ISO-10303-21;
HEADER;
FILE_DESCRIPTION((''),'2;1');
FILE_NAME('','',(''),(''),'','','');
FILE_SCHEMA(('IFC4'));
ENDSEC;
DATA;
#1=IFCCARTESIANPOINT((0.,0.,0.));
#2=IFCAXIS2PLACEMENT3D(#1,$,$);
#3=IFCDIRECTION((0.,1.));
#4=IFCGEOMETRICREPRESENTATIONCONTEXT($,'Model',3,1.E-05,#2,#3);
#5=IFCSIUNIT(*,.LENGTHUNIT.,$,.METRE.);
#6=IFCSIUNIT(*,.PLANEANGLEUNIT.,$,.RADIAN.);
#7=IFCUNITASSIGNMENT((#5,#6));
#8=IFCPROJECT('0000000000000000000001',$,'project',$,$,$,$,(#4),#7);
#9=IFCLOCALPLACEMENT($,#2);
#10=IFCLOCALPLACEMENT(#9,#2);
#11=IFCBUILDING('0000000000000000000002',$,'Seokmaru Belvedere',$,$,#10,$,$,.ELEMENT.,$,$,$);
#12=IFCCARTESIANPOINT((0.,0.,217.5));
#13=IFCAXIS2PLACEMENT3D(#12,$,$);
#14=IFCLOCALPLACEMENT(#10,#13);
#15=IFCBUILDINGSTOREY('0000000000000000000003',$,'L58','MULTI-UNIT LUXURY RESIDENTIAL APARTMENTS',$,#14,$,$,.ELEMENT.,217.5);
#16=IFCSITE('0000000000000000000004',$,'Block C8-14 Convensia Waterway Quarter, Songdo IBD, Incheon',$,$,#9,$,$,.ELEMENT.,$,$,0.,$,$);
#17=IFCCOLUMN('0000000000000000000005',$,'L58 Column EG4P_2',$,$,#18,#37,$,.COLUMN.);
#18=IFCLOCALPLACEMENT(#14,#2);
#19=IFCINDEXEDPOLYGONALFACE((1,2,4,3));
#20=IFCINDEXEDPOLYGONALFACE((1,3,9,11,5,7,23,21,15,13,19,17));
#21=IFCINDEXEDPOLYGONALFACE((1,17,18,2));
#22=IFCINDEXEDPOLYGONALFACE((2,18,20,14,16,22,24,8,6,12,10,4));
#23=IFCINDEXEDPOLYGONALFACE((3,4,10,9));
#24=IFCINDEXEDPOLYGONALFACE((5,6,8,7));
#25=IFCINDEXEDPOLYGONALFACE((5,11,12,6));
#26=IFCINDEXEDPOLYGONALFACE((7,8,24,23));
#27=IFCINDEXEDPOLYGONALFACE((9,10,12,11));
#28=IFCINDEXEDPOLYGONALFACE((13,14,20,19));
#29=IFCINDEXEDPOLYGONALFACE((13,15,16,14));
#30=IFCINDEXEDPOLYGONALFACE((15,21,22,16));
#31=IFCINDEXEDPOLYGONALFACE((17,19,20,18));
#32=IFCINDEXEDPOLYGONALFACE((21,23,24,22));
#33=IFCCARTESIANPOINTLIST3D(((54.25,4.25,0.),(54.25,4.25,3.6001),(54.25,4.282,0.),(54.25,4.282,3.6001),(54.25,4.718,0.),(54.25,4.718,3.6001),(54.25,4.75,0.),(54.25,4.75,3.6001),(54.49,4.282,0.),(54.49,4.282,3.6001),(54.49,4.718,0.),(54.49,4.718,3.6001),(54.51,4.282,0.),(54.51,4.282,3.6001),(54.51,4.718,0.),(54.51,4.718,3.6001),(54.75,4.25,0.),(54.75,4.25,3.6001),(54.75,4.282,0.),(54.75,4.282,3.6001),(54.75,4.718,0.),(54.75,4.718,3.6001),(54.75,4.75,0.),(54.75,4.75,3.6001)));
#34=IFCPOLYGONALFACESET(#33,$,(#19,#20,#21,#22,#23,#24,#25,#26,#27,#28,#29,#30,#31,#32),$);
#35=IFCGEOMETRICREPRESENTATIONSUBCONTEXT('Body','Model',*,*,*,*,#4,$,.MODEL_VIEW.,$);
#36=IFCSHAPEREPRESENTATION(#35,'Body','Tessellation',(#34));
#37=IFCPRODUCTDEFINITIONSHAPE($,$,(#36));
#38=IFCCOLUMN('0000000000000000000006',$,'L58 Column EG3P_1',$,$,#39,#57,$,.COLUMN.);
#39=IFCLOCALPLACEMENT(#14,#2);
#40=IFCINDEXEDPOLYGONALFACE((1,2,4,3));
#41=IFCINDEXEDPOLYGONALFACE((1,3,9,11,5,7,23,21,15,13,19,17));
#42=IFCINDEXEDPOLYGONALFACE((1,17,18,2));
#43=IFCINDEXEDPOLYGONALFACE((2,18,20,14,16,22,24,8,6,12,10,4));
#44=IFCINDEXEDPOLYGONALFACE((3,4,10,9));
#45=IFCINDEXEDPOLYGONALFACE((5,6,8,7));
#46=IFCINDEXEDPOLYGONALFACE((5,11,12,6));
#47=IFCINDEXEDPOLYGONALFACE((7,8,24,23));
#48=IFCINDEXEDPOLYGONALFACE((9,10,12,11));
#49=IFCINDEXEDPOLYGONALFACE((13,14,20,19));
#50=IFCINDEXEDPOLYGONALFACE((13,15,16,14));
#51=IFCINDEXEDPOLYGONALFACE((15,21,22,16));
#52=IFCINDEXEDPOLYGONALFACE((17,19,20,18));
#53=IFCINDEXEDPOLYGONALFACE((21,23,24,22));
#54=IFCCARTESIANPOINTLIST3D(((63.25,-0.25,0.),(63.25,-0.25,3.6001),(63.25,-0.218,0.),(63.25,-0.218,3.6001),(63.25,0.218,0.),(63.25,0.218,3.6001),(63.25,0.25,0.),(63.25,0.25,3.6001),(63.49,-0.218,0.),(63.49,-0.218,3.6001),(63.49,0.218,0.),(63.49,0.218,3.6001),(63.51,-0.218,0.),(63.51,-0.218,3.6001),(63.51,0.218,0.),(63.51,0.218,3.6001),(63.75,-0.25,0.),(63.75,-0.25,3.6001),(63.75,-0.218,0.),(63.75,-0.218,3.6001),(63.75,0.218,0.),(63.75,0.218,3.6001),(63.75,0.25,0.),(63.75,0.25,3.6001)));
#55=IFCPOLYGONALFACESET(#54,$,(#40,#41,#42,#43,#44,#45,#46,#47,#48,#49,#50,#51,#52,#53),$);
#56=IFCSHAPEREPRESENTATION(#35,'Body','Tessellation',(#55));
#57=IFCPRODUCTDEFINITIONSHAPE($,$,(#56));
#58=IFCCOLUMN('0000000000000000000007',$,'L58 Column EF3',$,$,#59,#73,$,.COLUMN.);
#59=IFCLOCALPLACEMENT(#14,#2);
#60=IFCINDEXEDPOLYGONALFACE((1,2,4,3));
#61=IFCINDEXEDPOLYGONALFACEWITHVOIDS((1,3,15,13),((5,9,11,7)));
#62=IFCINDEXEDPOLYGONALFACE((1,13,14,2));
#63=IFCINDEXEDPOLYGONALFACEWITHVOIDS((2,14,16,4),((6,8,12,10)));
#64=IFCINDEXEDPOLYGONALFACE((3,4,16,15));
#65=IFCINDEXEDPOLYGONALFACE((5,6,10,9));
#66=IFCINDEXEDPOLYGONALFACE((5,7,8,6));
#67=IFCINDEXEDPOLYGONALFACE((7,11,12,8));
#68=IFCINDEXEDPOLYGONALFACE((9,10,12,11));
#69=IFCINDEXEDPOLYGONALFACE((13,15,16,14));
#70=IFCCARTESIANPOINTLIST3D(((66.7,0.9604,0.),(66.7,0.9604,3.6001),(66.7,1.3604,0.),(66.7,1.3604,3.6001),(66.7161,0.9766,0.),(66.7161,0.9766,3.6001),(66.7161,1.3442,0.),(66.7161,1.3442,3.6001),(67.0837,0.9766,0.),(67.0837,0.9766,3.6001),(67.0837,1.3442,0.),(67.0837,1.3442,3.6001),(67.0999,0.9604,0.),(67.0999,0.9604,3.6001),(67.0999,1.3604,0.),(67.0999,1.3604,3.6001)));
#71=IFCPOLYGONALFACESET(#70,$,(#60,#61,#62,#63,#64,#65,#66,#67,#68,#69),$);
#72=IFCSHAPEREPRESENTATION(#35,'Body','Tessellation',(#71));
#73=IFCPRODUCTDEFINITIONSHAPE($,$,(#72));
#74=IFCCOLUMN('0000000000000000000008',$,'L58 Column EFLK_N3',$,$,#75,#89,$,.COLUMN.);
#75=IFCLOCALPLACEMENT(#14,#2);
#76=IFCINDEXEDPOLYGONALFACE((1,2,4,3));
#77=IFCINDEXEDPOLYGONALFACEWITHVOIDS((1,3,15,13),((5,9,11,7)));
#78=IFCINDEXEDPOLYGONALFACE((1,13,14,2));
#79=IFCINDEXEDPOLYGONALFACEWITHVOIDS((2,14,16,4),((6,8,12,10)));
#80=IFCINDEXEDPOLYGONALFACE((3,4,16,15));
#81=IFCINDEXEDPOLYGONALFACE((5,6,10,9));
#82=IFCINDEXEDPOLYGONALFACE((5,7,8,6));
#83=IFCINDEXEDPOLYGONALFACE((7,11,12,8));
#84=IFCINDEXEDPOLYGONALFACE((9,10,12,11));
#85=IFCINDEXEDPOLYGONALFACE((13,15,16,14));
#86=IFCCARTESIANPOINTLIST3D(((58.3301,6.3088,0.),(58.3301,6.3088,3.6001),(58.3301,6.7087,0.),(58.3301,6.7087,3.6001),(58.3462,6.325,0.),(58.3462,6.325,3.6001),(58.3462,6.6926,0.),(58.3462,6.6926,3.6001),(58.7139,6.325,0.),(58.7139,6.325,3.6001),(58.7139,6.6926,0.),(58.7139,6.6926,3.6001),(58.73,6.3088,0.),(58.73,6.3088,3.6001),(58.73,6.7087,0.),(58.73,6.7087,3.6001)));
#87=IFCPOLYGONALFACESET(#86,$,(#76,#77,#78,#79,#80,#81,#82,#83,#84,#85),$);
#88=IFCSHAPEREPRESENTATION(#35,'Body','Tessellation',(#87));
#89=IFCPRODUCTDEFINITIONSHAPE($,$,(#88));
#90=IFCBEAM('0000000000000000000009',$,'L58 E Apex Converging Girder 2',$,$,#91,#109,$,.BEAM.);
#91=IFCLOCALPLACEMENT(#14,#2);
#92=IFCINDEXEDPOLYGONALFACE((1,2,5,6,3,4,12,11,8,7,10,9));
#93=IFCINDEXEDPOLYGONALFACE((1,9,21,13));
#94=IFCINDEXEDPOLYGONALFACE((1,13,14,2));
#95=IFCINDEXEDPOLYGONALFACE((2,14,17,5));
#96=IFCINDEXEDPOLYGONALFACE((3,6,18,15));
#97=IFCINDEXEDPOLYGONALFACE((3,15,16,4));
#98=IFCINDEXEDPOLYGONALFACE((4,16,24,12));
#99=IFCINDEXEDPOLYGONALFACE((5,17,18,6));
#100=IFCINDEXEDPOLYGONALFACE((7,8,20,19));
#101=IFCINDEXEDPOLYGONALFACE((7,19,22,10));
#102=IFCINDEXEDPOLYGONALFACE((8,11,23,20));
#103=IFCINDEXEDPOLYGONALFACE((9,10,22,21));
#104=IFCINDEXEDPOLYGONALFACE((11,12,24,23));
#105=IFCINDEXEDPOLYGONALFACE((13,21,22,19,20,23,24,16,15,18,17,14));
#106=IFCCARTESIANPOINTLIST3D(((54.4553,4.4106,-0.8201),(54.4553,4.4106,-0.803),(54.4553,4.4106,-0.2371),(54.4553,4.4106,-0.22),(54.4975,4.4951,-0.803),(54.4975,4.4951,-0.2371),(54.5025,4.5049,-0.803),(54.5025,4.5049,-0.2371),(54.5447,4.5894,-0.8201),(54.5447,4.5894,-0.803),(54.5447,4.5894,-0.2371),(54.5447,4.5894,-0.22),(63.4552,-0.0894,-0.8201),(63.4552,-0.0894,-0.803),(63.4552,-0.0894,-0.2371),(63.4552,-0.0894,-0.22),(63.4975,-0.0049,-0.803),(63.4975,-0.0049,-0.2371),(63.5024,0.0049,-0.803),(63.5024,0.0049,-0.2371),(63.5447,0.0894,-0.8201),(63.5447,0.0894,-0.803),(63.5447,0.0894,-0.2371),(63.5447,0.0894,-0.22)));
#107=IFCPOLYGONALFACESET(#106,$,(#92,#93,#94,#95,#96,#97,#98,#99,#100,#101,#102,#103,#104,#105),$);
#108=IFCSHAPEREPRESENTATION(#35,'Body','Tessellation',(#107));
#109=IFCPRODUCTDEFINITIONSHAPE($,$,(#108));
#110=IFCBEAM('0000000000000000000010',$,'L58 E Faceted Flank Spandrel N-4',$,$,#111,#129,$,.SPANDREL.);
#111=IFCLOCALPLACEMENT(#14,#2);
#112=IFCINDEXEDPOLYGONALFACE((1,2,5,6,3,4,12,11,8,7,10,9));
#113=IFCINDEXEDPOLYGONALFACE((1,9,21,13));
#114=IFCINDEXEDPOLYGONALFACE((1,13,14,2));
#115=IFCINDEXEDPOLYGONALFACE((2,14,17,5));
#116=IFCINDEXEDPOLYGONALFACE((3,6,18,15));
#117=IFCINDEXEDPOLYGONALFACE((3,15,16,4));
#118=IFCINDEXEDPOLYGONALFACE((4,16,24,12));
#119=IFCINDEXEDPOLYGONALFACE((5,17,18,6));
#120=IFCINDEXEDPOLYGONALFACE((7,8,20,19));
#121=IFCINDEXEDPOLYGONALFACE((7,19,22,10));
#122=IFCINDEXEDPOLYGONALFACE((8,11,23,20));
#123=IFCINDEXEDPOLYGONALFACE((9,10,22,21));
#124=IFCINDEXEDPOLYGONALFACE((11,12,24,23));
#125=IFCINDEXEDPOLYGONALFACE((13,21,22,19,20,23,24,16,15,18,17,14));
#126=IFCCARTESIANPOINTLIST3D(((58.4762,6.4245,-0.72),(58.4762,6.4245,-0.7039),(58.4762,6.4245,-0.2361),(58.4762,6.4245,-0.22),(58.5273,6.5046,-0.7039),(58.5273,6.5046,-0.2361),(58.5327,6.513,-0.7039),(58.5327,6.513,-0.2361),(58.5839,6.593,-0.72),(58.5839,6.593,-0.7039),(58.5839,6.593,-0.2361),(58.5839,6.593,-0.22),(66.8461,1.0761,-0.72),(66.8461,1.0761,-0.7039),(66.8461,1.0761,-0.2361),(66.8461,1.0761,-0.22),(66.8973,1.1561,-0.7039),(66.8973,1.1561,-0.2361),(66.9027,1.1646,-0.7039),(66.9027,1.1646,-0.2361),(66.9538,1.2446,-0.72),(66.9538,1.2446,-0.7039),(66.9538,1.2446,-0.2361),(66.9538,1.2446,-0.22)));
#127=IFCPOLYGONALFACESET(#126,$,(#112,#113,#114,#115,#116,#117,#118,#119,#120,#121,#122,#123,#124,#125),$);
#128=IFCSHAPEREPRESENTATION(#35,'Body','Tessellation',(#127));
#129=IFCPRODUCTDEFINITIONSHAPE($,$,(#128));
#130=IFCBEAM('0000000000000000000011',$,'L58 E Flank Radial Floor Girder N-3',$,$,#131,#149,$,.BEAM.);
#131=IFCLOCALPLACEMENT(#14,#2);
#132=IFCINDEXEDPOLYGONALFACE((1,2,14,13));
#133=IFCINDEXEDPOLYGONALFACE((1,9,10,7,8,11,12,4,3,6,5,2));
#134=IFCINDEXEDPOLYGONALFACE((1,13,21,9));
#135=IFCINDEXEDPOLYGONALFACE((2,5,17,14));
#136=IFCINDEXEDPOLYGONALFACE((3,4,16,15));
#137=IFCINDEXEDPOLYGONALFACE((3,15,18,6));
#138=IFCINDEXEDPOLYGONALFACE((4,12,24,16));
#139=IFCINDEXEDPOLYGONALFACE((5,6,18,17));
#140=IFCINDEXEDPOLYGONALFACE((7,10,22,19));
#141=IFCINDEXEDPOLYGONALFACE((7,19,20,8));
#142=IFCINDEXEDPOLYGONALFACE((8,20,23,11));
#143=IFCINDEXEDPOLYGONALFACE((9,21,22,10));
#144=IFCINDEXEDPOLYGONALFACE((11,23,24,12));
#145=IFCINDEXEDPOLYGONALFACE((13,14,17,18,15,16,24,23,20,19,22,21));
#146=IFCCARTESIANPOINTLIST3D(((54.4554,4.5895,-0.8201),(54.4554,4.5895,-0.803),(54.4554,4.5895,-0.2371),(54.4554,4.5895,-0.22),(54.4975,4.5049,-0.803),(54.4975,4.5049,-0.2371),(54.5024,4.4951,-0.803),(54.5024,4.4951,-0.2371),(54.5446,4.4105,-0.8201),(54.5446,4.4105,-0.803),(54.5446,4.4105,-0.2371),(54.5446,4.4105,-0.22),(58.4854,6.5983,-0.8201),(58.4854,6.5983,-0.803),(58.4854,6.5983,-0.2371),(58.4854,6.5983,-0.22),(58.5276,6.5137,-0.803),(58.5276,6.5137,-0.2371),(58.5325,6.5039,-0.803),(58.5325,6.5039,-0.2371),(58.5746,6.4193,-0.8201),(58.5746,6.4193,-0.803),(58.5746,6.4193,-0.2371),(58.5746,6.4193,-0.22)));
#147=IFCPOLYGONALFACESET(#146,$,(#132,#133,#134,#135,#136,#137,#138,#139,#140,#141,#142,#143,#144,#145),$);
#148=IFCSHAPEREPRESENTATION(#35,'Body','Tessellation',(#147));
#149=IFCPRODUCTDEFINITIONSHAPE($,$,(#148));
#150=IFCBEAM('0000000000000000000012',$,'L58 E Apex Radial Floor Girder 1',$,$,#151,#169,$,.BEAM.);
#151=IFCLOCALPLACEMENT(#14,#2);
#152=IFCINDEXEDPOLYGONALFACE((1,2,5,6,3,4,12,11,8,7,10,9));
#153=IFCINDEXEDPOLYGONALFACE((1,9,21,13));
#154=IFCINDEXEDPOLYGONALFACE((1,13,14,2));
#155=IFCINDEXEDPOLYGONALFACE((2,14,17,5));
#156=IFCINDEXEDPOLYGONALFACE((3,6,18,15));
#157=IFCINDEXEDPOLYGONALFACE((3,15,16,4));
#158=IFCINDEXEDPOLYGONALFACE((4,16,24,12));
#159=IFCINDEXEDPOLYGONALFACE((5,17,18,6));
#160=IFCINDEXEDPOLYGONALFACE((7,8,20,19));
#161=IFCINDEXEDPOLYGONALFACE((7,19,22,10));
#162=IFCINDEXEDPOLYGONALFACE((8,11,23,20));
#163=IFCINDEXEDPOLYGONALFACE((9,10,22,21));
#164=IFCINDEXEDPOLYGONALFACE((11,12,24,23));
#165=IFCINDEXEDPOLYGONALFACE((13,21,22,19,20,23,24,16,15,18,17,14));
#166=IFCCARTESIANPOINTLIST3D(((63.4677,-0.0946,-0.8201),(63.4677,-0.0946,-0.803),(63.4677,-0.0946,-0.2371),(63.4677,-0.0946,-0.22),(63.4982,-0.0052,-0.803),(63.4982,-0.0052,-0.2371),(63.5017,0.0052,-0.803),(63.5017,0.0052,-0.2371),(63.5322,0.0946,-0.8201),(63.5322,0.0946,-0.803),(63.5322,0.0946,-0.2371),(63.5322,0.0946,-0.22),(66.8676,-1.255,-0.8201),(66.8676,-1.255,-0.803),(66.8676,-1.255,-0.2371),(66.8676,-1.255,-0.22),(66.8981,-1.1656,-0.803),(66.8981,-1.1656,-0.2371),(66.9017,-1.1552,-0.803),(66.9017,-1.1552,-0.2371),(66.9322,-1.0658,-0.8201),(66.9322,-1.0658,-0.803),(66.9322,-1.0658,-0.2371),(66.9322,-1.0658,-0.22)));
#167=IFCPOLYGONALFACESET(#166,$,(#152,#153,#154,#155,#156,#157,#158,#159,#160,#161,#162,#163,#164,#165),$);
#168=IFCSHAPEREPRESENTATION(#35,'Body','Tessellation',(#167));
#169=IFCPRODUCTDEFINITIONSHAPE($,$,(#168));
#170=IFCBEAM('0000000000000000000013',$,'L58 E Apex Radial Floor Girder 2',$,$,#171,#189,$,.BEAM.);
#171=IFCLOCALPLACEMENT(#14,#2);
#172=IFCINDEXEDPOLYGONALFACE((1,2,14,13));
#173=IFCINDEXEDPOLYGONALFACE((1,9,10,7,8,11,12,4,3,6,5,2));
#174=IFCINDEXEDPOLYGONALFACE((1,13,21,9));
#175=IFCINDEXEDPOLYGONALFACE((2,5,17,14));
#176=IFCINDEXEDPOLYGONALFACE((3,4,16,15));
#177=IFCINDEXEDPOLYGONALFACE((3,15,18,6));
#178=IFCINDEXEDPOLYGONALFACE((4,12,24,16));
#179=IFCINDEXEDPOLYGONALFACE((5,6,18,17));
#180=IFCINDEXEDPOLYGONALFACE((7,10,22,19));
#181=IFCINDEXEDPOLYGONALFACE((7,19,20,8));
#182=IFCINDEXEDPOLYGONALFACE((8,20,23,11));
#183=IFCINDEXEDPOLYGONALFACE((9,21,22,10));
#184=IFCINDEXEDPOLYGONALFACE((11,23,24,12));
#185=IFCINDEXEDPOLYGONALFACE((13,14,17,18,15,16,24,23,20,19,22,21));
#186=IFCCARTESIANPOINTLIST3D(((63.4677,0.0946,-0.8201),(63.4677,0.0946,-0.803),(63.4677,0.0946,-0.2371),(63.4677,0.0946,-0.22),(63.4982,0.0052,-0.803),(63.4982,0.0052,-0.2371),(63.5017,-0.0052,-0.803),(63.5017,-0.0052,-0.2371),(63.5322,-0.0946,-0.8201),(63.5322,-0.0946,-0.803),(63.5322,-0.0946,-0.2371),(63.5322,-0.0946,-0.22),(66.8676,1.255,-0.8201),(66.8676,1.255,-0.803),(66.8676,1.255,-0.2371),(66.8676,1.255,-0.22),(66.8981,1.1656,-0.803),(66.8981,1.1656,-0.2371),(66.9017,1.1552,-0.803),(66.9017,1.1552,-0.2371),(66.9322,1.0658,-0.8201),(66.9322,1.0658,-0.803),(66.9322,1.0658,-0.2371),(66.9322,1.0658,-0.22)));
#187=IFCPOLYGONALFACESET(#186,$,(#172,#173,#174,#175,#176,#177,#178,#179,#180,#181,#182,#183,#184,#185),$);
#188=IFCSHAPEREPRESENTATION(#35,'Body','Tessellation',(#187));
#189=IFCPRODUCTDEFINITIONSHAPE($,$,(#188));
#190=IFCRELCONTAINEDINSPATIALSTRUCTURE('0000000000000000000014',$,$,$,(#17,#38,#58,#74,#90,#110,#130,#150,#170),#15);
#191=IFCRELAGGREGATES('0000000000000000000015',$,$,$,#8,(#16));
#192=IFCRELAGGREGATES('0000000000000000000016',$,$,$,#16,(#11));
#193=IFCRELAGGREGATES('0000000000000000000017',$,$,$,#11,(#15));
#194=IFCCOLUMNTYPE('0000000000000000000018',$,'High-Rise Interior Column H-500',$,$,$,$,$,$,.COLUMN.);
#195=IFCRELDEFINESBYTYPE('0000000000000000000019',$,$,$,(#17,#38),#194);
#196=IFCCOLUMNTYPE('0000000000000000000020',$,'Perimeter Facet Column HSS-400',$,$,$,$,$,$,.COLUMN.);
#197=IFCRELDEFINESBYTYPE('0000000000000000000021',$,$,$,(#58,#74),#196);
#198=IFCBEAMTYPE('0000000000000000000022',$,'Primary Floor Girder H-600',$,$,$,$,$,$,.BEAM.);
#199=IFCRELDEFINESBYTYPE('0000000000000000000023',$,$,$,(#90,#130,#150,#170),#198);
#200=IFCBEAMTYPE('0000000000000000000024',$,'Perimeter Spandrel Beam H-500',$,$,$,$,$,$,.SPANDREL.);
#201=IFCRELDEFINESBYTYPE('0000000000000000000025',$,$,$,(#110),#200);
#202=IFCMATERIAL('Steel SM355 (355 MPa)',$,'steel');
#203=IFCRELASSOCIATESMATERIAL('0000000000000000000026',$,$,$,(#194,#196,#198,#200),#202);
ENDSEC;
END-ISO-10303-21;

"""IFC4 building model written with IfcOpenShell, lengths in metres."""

from ifc_helpers import new_model, si_unit, direction, frame, origin, origin_2d, place, context, subcontext, project, spatial, hollow_rectangle, i_section, extrude, source, transform, mapped, material, material_profile, profile_set, type_object, type_shapes, element, save


model = new_model("IFC4")

# Units and contexts
model_context = context("Model", 3, precision=1e-05, world=origin(), true_north=direction((0.0, 1.0)))
body_context = subcontext(model_context, "Body", "Model", "MODEL_VIEW")
ifc_project = project(units=[si_unit("LENGTHUNIT", "METRE"), si_unit("PLANEANGLEUNIT", "RADIAN")], contexts=[model_context])

# Site, building, storey
site_placement = place(None, origin())
site = spatial("IfcSite", under=ifc_project, at=site_placement, Name="Block C8-14 Convensia Waterway Quarter, Songdo IBD, Incheon", CompositionType="ELEMENT", RefElevation=0.0)
building_placement = place(site_placement, origin())
building = spatial("IfcBuilding", under=site, at=building_placement, Name="Seokmaru Belvedere", CompositionType="ELEMENT")
storey_placement = place(building_placement, frame((0.0, 0.0, 217.5)))
storey = spatial("IfcBuildingStorey", under=building, at=storey_placement, Name="L58", Description="MULTI-UNIT LUXURY RESIDENTIAL APARTMENTS", CompositionType="ELEMENT", Elevation=217.5)

# Columns
ifc_material_1 = material(Name="Steel SM355 (355 MPa)", Category="steel")
ifc_material_profile_1 = material_profile(ifc_material_1, i_section(OverallWidth=0.5, OverallDepth=0.5, WebThickness=0.02, FlangeThickness=0.032, at=origin_2d()), Name="H-500x500x20x32")
ifc_profile_set_1 = profile_set([ifc_material_profile_1], Name="Steel SM355 (355 MPa)")
column_type_1 = type_object("IfcColumnType", Name="High-Rise Interior Column H-500", PredefinedType="COLUMN", material=ifc_profile_set_1)
shared_shape_1 = source(origin(), body_context, "Body", "SweptSolid", [
    extrude(i_section(OverallWidth=0.5, OverallDepth=0.5, WebThickness=0.02, FlangeThickness=0.032, at=origin_2d()), origin(), (0.0, 0.0, 1.0), 3.6001),
])
type_shapes(column_type_1, [shared_shape_1])
for number, where, z_axis, x_axis, name in (
    (1, (54.5, 4.5, 0.0), (0.0, 0.0, 1.0), (1.0, 0.0, 0.0), "L58 Column EG4P_2"),
    (2, (63.5, 0.0, 0.0), (0.0, 0.0, 1.0), (1.0, 0.0, 0.0), "L58 Column EG3P_1"),
):
    element("IfcColumn", number, at=place(storey_placement, frame(where, z_axis=z_axis, x_axis=x_axis)), inside=storey, type_object=column_type_1, Name=name, PredefinedType="COLUMN", context=body_context, shape_type="MappedRepresentation", body=[
        mapped(shared_shape_1, transform((0.0, 0.0, 0.0), scale=1.0)),
    ])
ifc_material_profile_2 = material_profile(ifc_material_1, hollow_rectangle(XDim=0.3999, YDim=0.3999, WallThickness=0.0161, at=origin_2d()), Name="HSS-400x400x16")
ifc_profile_set_2 = profile_set([ifc_material_profile_2], Name="Steel SM355 (355 MPa)")
column_type_2 = type_object("IfcColumnType", Name="Perimeter Facet Column HSS-400", PredefinedType="COLUMN", material=ifc_profile_set_2)
shared_shape_2 = source(origin(), body_context, "Body", "SweptSolid", [
    extrude(hollow_rectangle(XDim=0.3999, YDim=0.3999, WallThickness=0.0161, at=origin_2d()), origin(), (0.0, 0.0, 1.0), 3.6001),
])
type_shapes(column_type_2, [shared_shape_2])
for number, where, z_axis, x_axis, name in (
    (3, (66.8999, 1.1604, 0.0), (0.0, 0.0, 1.0), (1.0, 0.0, 0.0), "L58 Column EF3"),
    (4, (58.53, 6.5088, 0.0), (0.0, 0.0, 1.0), (1.0, 0.0, 0.0), "L58 Column EFLK_N3"),
):
    element("IfcColumn", number, at=place(storey_placement, frame(where, z_axis=z_axis, x_axis=x_axis)), inside=storey, type_object=column_type_2, Name=name, PredefinedType="COLUMN", context=body_context, shape_type="MappedRepresentation", body=[
        mapped(shared_shape_2, transform((0.0, 0.0, 0.0), scale=1.0)),
    ])

# Beams
ifc_material_profile_3 = material_profile(ifc_material_1, i_section(OverallWidth=0.2, OverallDepth=0.6001, WebThickness=0.011, FlangeThickness=0.0171, at=origin_2d()), Name="H-600x200x11x17")
ifc_profile_set_3 = profile_set([ifc_material_profile_3], Name="Steel SM355 (355 MPa)")
beam_type_1 = type_object("IfcBeamType", Name="Primary Floor Girder H-600", PredefinedType="BEAM", material=ifc_profile_set_3)
shared_shape_3 = source(origin(), body_context, "Body", "SweptSolid", [
    extrude(i_section(OverallWidth=0.2, OverallDepth=0.6001, WebThickness=0.011, FlangeThickness=0.0171, at=origin_2d()), origin(), (0.0, 0.0, 1.0), 10.0623),
])
beam_1_placement = place(storey_placement, frame((54.5, 4.5, -0.52), z_axis=(0.894427, -0.447214, 0.0), x_axis=(0.447214, 0.894427, 0.0)))
element("IfcBeam", 5, at=beam_1_placement, inside=storey, type_object=beam_type_1, Name="L58 E Apex Converging Girder 2", PredefinedType="BEAM", context=body_context, shape_type="MappedRepresentation", body=[
    mapped(shared_shape_3, transform((0.0, 0.0, 0.0), scale=1.0)),
])
ifc_material_profile_4 = material_profile(ifc_material_1, i_section(OverallWidth=0.2, OverallDepth=0.5, WebThickness=0.01, FlangeThickness=0.0161, at=origin_2d()), Name="H-500x200x10x16")
ifc_profile_set_4 = profile_set([ifc_material_profile_4], Name="Steel SM355 (355 MPa)")
beam_type_2 = type_object("IfcBeamType", Name="Perimeter Spandrel Beam H-500", PredefinedType="SPANDREL", material=ifc_profile_set_4)
shared_shape_4 = source(origin(), body_context, "Body", "SweptSolid", [
    extrude(i_section(OverallWidth=0.2, OverallDepth=0.5, WebThickness=0.01, FlangeThickness=0.0161, at=origin_2d()), origin(), (0.0, 0.0, 1.0), 9.9329),
])
type_shapes(beam_type_2, [shared_shape_4])
beam_2_placement = place(storey_placement, frame((58.53, 6.5088, -0.47), z_axis=(0.842652, -0.538459, 0.0), x_axis=(0.538459, 0.842652, 0.0)))
element("IfcBeam", 6, at=beam_2_placement, inside=storey, type_object=beam_type_2, Name="L58 E Faceted Flank Spandrel N-4", PredefinedType="SPANDREL", context=body_context, shape_type="MappedRepresentation", body=[
    mapped(shared_shape_4, transform((0.0, 0.0, 0.0), scale=1.0)),
])
shared_shape_5 = source(origin(), body_context, "Body", "SweptSolid", [
    extrude(i_section(OverallWidth=0.2, OverallDepth=0.6001, WebThickness=0.011, FlangeThickness=0.0171, at=origin_2d()), origin(), (0.0, 0.0, 1.0), 4.5029),
])
beam_3_placement = place(storey_placement, frame((58.53, 6.5088, -0.52), z_axis=(-0.89498, -0.446107, 0.0), x_axis=(0.446107, -0.89498, 0.0)))
element("IfcBeam", 7, at=beam_3_placement, inside=storey, type_object=beam_type_1, Name="L58 E Flank Radial Floor Girder N-3", PredefinedType="BEAM", context=body_context, shape_type="MappedRepresentation", body=[
    mapped(shared_shape_5, transform((0.0, 0.0, 0.0), scale=1.0)),
])
shared_shape_6 = source(origin(), body_context, "Body", "SweptSolid", [
    extrude(i_section(OverallWidth=0.2, OverallDepth=0.6001, WebThickness=0.011, FlangeThickness=0.0171, at=origin_2d()), origin(), (0.0, 0.0, 1.0), 3.5925),
])
type_shapes(beam_type_1, [shared_shape_3, shared_shape_5, shared_shape_6])
for number, where, z_axis, x_axis, name in (
    (8, (66.8999, -1.1604, -0.52), (-0.946396, 0.323009, 0.0), (-0.323009, -0.946396, 0.0), "L58 E Apex Radial Floor Girder 1"),
    (9, (66.8999, 1.1604, -0.52), (-0.946396, -0.323009, 0.0), (0.323009, -0.946396, 0.0), "L58 E Apex Radial Floor Girder 2"),
):
    element("IfcBeam", number, at=place(storey_placement, frame(where, z_axis=z_axis, x_axis=x_axis)), inside=storey, type_object=beam_type_1, Name=name, PredefinedType="BEAM", context=body_context, shape_type="MappedRepresentation", body=[
        mapped(shared_shape_6, transform((0.0, 0.0, 0.0), scale=1.0)),
    ])

save(model, "model.ifc")
